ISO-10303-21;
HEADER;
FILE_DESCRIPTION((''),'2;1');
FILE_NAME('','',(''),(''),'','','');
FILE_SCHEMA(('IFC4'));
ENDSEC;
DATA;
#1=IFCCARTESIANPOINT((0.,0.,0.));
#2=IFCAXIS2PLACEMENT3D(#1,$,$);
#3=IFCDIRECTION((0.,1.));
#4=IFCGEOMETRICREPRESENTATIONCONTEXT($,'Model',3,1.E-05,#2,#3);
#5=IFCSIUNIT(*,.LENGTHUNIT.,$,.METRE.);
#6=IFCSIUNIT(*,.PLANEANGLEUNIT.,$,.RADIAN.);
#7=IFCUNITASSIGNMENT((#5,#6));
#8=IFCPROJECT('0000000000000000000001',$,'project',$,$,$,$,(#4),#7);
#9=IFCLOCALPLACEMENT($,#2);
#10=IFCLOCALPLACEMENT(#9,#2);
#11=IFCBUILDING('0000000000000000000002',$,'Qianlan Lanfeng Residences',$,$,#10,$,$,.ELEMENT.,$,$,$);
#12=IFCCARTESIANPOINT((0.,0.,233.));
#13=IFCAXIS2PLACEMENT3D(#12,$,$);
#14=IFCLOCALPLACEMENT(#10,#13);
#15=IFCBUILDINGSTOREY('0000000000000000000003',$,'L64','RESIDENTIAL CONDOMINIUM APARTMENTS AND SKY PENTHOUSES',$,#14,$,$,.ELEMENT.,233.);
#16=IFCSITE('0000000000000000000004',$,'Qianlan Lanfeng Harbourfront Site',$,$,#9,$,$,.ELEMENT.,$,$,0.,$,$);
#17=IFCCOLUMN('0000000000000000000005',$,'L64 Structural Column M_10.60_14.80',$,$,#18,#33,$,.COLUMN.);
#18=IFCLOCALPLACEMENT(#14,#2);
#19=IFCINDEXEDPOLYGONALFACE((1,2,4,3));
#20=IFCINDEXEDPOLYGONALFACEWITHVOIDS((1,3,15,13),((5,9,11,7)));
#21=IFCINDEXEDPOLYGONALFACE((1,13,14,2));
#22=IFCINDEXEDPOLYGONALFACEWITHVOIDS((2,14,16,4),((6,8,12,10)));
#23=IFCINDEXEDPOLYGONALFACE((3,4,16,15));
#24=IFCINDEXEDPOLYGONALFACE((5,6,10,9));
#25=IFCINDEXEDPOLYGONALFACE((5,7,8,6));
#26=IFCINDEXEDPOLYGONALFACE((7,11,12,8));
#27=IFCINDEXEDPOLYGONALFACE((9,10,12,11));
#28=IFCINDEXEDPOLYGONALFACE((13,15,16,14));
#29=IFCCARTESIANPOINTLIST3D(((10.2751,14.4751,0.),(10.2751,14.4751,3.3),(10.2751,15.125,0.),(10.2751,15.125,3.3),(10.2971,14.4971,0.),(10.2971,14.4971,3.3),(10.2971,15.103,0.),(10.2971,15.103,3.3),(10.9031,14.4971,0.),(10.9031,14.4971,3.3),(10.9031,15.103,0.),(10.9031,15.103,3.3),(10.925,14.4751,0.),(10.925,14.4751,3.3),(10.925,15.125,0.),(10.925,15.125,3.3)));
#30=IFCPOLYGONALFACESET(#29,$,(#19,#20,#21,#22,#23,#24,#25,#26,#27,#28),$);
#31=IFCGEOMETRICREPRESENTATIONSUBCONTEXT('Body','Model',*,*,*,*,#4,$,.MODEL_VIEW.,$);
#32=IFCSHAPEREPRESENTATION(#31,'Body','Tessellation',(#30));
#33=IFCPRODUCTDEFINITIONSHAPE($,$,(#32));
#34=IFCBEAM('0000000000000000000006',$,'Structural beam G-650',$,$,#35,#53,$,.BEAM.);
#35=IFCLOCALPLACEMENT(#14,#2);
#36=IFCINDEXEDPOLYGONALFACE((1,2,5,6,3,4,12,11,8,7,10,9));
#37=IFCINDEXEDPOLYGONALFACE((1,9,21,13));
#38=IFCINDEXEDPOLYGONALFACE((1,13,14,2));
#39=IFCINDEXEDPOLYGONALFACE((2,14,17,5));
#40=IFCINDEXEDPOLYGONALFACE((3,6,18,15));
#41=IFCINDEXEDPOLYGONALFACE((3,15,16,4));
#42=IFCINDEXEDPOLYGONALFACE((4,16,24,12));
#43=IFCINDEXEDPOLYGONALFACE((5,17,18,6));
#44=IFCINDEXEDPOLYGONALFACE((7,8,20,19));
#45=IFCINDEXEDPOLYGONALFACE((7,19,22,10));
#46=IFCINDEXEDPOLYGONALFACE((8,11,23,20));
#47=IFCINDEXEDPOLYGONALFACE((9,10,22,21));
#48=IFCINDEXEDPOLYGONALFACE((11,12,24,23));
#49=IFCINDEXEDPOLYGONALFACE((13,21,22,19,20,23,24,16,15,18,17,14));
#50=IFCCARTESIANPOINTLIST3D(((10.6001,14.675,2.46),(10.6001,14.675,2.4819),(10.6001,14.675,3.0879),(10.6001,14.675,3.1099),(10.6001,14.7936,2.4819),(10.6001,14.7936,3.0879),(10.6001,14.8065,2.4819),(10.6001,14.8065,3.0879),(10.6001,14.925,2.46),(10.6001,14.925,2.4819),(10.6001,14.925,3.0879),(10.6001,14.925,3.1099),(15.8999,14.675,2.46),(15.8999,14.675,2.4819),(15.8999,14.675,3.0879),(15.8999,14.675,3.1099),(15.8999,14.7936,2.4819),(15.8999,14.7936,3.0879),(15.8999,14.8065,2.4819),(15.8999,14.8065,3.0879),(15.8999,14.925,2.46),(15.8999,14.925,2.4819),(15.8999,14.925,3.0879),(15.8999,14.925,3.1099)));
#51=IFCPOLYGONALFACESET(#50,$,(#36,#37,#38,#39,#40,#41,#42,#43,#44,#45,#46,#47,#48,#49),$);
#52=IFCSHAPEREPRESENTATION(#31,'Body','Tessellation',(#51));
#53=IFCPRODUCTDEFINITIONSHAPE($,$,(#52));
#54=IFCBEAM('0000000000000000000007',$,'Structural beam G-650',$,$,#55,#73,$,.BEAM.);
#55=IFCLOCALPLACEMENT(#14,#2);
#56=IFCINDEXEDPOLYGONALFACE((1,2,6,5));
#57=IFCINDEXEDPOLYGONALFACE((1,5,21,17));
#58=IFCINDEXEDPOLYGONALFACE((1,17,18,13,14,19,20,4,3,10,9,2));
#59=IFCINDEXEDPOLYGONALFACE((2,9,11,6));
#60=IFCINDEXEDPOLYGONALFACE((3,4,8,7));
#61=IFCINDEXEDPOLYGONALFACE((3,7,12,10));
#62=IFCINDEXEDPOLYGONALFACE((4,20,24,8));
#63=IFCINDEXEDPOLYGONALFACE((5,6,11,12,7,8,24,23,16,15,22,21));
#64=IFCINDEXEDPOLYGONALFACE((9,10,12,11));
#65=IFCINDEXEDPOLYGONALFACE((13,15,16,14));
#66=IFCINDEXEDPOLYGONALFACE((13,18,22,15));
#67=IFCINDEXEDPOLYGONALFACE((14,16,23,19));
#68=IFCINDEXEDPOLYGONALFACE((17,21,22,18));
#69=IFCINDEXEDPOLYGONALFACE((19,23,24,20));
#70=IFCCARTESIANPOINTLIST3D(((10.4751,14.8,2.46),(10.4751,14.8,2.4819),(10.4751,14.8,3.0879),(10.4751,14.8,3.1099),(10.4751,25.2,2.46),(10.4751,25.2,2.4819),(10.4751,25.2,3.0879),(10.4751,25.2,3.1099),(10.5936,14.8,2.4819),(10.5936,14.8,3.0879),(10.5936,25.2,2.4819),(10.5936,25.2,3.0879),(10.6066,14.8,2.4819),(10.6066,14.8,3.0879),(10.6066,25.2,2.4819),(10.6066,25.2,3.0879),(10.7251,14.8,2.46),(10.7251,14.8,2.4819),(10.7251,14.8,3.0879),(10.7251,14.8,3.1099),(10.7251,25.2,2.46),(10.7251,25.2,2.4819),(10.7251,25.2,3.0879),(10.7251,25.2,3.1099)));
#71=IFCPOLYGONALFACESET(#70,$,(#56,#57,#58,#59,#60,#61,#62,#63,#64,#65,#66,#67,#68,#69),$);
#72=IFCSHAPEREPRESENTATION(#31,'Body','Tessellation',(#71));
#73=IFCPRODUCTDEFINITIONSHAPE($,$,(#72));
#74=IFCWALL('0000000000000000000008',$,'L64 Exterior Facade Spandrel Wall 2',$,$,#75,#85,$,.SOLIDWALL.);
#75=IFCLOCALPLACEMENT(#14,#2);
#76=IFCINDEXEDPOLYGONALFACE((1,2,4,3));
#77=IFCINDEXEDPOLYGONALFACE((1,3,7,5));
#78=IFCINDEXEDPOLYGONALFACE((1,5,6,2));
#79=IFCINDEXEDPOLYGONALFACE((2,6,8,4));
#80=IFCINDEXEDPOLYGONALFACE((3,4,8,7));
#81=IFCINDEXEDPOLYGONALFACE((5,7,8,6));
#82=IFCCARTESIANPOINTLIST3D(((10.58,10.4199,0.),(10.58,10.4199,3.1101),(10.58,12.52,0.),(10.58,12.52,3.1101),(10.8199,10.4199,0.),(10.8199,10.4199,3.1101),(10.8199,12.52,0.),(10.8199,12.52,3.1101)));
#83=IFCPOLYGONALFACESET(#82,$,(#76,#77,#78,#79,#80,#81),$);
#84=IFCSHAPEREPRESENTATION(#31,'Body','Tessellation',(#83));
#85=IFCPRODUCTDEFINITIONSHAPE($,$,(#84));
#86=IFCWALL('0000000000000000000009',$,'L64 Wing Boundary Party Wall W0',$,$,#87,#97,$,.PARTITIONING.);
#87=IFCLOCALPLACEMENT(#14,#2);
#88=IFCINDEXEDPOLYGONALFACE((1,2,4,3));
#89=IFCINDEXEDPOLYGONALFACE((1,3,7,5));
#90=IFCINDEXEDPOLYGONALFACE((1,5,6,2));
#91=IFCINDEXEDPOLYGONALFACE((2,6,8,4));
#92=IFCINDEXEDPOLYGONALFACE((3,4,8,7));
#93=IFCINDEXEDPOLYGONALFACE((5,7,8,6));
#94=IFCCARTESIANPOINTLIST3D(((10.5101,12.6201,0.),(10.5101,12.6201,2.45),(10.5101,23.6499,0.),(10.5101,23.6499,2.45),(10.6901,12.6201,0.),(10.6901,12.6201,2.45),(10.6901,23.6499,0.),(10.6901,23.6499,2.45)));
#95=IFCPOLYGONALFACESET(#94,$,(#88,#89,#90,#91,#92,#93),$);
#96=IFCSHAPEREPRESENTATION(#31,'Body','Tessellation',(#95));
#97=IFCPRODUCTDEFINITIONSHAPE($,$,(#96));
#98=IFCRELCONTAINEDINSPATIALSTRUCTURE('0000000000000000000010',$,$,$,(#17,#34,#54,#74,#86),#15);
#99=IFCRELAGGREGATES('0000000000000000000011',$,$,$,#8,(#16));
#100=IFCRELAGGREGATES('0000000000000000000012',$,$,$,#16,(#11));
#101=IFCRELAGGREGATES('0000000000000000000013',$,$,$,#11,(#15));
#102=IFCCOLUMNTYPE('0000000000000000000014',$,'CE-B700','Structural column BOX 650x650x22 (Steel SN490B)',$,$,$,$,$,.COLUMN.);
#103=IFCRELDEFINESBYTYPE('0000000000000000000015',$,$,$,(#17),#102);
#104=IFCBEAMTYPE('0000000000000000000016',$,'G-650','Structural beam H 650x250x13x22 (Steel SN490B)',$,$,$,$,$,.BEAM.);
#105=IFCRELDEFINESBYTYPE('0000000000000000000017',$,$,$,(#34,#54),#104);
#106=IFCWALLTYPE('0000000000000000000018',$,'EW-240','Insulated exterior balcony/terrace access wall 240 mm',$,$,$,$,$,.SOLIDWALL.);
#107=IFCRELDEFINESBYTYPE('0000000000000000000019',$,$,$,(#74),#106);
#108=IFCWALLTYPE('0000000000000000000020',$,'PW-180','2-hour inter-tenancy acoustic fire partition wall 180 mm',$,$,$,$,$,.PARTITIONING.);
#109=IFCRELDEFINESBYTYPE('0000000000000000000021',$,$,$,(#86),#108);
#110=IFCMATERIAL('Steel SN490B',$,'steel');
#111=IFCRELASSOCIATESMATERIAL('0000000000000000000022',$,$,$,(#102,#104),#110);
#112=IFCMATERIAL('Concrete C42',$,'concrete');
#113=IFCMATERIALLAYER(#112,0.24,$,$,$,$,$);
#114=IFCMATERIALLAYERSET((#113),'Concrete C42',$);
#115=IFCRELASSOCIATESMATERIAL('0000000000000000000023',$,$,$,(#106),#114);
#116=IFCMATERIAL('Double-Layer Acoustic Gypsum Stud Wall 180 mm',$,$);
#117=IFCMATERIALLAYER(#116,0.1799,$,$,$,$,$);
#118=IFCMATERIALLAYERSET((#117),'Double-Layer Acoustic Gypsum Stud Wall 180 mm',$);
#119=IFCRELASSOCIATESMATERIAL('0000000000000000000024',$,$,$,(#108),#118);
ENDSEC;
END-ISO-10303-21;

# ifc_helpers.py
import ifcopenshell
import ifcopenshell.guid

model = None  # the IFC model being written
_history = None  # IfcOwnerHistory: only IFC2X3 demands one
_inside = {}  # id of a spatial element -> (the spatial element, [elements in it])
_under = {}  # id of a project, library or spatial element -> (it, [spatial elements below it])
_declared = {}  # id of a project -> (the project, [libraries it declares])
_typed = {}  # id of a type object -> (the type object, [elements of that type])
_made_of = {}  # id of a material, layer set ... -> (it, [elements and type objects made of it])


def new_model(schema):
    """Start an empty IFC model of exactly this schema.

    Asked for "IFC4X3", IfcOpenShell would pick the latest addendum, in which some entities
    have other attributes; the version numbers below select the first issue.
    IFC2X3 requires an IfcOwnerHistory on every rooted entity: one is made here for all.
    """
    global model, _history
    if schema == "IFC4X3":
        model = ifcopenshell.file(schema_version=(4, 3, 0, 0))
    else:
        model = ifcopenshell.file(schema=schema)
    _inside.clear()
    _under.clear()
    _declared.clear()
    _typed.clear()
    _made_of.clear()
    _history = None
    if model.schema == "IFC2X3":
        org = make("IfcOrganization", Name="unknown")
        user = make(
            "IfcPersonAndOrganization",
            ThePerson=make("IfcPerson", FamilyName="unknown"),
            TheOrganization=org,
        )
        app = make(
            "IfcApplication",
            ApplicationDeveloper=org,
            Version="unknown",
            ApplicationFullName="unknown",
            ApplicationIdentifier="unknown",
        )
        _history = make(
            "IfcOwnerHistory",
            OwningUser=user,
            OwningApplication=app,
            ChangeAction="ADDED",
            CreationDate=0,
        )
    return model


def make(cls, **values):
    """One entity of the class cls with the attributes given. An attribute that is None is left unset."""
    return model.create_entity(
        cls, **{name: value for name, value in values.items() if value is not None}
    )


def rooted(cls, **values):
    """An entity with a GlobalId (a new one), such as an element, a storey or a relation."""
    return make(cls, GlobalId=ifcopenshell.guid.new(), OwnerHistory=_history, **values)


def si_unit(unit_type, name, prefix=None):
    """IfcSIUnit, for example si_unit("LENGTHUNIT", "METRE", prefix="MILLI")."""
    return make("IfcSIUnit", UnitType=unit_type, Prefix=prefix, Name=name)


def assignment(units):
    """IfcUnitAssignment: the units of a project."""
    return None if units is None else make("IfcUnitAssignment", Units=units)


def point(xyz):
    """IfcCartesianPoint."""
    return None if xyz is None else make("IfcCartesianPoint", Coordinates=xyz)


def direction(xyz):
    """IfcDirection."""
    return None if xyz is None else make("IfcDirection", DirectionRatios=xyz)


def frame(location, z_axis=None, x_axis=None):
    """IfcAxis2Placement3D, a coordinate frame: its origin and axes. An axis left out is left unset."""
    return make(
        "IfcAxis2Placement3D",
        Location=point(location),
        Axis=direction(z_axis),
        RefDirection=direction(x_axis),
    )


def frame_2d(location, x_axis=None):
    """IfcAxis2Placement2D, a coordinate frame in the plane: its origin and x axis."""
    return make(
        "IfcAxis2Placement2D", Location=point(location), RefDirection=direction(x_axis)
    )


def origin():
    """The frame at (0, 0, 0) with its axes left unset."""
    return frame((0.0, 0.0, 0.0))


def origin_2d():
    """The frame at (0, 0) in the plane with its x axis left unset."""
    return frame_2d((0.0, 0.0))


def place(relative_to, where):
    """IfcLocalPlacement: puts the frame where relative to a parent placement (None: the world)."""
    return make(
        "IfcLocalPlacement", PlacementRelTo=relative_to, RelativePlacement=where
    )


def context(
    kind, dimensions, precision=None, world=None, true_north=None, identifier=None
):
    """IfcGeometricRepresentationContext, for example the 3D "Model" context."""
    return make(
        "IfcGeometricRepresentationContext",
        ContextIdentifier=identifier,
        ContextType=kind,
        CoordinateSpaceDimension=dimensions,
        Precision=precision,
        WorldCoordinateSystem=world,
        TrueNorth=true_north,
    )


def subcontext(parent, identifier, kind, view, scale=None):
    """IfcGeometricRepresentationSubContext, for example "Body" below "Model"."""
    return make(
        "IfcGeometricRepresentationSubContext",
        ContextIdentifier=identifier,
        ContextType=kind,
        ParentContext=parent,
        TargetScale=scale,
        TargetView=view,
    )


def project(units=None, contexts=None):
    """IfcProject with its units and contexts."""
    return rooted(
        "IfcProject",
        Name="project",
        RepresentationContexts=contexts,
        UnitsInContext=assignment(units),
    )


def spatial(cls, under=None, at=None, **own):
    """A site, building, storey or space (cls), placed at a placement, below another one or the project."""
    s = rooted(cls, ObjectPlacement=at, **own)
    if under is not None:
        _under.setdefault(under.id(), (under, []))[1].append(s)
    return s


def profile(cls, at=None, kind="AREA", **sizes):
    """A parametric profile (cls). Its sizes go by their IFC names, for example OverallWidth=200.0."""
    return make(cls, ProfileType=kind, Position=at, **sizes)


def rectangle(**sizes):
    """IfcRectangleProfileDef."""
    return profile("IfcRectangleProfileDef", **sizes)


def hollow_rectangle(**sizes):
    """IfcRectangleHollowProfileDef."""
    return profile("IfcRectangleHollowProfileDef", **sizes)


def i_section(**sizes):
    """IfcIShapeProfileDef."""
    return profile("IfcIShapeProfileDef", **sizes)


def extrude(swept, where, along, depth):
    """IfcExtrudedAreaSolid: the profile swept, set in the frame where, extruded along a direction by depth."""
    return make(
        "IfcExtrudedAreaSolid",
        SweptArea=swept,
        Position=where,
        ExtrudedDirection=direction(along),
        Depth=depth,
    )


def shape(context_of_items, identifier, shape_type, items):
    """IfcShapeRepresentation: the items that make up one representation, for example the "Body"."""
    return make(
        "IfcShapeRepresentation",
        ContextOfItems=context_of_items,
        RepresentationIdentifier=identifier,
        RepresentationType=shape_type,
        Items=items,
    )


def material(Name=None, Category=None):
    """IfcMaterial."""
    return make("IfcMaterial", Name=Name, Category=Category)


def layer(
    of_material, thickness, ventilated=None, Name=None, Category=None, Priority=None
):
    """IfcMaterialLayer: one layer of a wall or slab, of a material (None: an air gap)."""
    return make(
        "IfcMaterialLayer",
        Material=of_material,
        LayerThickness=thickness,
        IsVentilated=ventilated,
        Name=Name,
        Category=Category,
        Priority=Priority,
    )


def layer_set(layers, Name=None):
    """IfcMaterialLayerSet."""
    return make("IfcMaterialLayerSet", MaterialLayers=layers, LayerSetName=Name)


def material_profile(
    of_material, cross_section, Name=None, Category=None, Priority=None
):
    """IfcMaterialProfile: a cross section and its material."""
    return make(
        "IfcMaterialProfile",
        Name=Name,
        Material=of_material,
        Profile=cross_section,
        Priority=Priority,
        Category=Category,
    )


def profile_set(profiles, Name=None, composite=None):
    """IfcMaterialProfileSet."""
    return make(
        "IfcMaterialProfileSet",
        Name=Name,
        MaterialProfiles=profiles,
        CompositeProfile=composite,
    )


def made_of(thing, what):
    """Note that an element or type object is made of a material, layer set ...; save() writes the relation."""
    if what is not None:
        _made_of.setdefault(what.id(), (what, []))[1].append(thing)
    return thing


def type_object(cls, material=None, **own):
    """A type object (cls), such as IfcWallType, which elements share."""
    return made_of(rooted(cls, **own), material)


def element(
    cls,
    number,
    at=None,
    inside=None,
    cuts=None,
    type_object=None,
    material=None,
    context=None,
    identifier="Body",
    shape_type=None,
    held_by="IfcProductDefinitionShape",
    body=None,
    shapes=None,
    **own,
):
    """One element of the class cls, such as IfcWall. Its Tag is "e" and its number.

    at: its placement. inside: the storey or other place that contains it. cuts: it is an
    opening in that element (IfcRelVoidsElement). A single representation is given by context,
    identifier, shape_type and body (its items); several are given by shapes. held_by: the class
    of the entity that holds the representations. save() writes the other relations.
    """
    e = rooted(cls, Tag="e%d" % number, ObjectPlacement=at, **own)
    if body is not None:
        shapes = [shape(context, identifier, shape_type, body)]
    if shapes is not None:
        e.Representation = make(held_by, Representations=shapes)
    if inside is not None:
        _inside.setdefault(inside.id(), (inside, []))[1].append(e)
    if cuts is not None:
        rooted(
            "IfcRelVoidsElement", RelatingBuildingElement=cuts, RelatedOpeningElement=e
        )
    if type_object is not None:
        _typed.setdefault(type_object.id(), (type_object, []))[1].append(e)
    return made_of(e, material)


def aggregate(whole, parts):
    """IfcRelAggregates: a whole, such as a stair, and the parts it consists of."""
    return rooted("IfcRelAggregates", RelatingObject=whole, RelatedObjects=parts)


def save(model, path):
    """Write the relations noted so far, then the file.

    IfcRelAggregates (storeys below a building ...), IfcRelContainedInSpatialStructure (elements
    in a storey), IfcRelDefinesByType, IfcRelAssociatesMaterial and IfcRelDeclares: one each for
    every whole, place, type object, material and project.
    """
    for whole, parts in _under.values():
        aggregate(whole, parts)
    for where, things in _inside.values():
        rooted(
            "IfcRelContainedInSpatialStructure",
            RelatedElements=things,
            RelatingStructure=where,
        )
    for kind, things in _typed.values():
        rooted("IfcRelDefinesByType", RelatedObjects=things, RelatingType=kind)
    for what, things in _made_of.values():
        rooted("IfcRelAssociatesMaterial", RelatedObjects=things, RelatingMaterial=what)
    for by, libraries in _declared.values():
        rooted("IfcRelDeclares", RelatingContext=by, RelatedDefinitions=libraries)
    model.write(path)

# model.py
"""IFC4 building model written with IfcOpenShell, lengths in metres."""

from ifc_helpers import new_model, si_unit, direction, frame, frame_2d, origin, origin_2d, place, context, subcontext, project, spatial, rectangle, hollow_rectangle, i_section, extrude, material, layer, layer_set, material_profile, profile_set, type_object, element, save


model = new_model("IFC4")

# Units and contexts
model_context = context("Model", 3, precision=1e-05, world=origin(), true_north=direction((0.0, 1.0)))
body_context = subcontext(model_context, "Body", "Model", "MODEL_VIEW")
ifc_project = project(units=[si_unit("LENGTHUNIT", "METRE"), si_unit("PLANEANGLEUNIT", "RADIAN")], contexts=[model_context])

# Site, building, storey
site_placement = place(None, origin())
site = spatial("IfcSite", under=ifc_project, at=site_placement, Name="Qianlan Lanfeng Harbourfront Site", CompositionType="ELEMENT", RefElevation=0.0)
building_placement = place(site_placement, origin())
building = spatial("IfcBuilding", under=site, at=building_placement, Name="Qianlan Lanfeng Residences", CompositionType="ELEMENT")
storey_placement = place(building_placement, frame((0.0, 0.0, 233.0)))
storey = spatial("IfcBuildingStorey", under=building, at=storey_placement, Name="L64", Description="RESIDENTIAL CONDOMINIUM APARTMENTS AND SKY PENTHOUSES", CompositionType="ELEMENT", Elevation=233.0)

# Column
ifc_material_1 = material(Name="Steel SN490B", Category="steel")
ifc_material_profile_1 = material_profile(ifc_material_1, hollow_rectangle(XDim=0.6499, YDim=0.6499, WallThickness=0.022, at=origin_2d()), Name="BOX 650x650x22")
ifc_profile_set_1 = profile_set([ifc_material_profile_1], Name="Steel SN490B")
column_type = type_object("IfcColumnType", Name="CE-B700", Description="Structural column BOX 650x650x22 (Steel SN490B)", PredefinedType="COLUMN", material=ifc_profile_set_1)
column_placement = place(storey_placement, frame((10.6001, 14.8, 0.0), z_axis=(0.0, 0.0, 1.0), x_axis=(1.0, 0.0, 0.0)))
element("IfcColumn", 1, at=column_placement, inside=storey, type_object=column_type, Name="L64 Structural Column M_10.60_14.80", PredefinedType="COLUMN", context=body_context, shape_type="SweptSolid", body=[
    extrude(hollow_rectangle(XDim=0.6499, YDim=0.6499, WallThickness=0.022, at=origin_2d()), origin(), (0.0, 0.0, 1.0), 3.3),
])

# Beams
ifc_material_profile_2 = material_profile(ifc_material_1, i_section(OverallWidth=0.25, OverallDepth=0.6499, WebThickness=0.0129, FlangeThickness=0.022, at=origin_2d()), Name="H 650x250x13x22")
ifc_profile_set_2 = profile_set([ifc_material_profile_2], Name="Steel SN490B")
beam_type = type_object("IfcBeamType", Name="G-650", Description="Structural beam H 650x250x13x22 (Steel SN490B)", PredefinedType="BEAM", material=ifc_profile_set_2)
beam_1_placement = place(storey_placement, frame((10.6001, 14.8, 2.7849), z_axis=(1.0, 0.0, 0.0), x_axis=(0.0, 1.0, 0.0)))
element("IfcBeam", 2, at=beam_1_placement, inside=storey, type_object=beam_type, Name="Structural beam G-650", PredefinedType="BEAM", context=body_context, shape_type="SweptSolid", body=[
    extrude(i_section(OverallWidth=0.25, OverallDepth=0.6499, WebThickness=0.0129, FlangeThickness=0.022, at=origin_2d()), origin(), (0.0, 0.0, 1.0), 5.2998),
])
beam_2_placement = place(storey_placement, frame((10.6001, 14.8, 2.7849), z_axis=(0.0, 1.0, 0.0), x_axis=(-1.0, 0.0, 0.0)))
element("IfcBeam", 3, at=beam_2_placement, inside=storey, type_object=beam_type, Name="Structural beam G-650", PredefinedType="BEAM", context=body_context, shape_type="SweptSolid", body=[
    extrude(i_section(OverallWidth=0.25, OverallDepth=0.6499, WebThickness=0.0129, FlangeThickness=0.022, at=origin_2d()), origin(), (0.0, 0.0, 1.0), 10.3999),
])

# Wall
ifc_material_2 = material(Name="Concrete C42", Category="concrete")
ifc_layer_1 = layer(ifc_material_2, 0.24)
ifc_layer_set_1 = layer_set([ifc_layer_1], Name="Concrete C42")
wall_type_1 = type_object("IfcWallType", Name="EW-240", Description="Insulated exterior balcony/terrace access wall 240 mm", PredefinedType="SOLIDWALL", material=ifc_layer_set_1)
wall_1_placement = place(storey_placement, frame((10.7, 12.52, 0.0), z_axis=(0.0, 0.0, 1.0), x_axis=(0.0, -1.0, 0.0)))
element("IfcWall", 4, at=wall_1_placement, inside=storey, type_object=wall_type_1, Name="L64 Exterior Facade Spandrel Wall 2", PredefinedType="SOLIDWALL", context=body_context, shape_type="SweptSolid", body=[
    extrude(rectangle(XDim=2.1001, YDim=0.24, at=frame_2d((1.05, 0.0))), origin(), (0.0, 0.0, 1.0), 3.1101),
])

# Wall
ifc_material_3 = material(Name="Double-Layer Acoustic Gypsum Stud Wall 180 mm")
ifc_layer_2 = layer(ifc_material_3, 0.1799)
ifc_layer_set_2 = layer_set([ifc_layer_2], Name="Double-Layer Acoustic Gypsum Stud Wall 180 mm")
wall_type_2 = type_object("IfcWallType", Name="PW-180", Description="2-hour inter-tenancy acoustic fire partition wall 180 mm", PredefinedType="PARTITIONING", material=ifc_layer_set_2)
wall_2_placement = place(storey_placement, frame((10.6001, 12.6201, 0.0), z_axis=(0.0, 0.0, 1.0), x_axis=(0.0, 1.0, 0.0)))
element("IfcWall", 5, at=wall_2_placement, inside=storey, type_object=wall_type_2, Name="L64 Wing Boundary Party Wall W0", PredefinedType="PARTITIONING", context=body_context, shape_type="SweptSolid", body=[
    extrude(rectangle(XDim=11.0298, YDim=0.1799, at=frame_2d((5.5149, 0.0))), origin(), (0.0, 0.0, 1.0), 2.45),
])

save(model, "model.ifc")
